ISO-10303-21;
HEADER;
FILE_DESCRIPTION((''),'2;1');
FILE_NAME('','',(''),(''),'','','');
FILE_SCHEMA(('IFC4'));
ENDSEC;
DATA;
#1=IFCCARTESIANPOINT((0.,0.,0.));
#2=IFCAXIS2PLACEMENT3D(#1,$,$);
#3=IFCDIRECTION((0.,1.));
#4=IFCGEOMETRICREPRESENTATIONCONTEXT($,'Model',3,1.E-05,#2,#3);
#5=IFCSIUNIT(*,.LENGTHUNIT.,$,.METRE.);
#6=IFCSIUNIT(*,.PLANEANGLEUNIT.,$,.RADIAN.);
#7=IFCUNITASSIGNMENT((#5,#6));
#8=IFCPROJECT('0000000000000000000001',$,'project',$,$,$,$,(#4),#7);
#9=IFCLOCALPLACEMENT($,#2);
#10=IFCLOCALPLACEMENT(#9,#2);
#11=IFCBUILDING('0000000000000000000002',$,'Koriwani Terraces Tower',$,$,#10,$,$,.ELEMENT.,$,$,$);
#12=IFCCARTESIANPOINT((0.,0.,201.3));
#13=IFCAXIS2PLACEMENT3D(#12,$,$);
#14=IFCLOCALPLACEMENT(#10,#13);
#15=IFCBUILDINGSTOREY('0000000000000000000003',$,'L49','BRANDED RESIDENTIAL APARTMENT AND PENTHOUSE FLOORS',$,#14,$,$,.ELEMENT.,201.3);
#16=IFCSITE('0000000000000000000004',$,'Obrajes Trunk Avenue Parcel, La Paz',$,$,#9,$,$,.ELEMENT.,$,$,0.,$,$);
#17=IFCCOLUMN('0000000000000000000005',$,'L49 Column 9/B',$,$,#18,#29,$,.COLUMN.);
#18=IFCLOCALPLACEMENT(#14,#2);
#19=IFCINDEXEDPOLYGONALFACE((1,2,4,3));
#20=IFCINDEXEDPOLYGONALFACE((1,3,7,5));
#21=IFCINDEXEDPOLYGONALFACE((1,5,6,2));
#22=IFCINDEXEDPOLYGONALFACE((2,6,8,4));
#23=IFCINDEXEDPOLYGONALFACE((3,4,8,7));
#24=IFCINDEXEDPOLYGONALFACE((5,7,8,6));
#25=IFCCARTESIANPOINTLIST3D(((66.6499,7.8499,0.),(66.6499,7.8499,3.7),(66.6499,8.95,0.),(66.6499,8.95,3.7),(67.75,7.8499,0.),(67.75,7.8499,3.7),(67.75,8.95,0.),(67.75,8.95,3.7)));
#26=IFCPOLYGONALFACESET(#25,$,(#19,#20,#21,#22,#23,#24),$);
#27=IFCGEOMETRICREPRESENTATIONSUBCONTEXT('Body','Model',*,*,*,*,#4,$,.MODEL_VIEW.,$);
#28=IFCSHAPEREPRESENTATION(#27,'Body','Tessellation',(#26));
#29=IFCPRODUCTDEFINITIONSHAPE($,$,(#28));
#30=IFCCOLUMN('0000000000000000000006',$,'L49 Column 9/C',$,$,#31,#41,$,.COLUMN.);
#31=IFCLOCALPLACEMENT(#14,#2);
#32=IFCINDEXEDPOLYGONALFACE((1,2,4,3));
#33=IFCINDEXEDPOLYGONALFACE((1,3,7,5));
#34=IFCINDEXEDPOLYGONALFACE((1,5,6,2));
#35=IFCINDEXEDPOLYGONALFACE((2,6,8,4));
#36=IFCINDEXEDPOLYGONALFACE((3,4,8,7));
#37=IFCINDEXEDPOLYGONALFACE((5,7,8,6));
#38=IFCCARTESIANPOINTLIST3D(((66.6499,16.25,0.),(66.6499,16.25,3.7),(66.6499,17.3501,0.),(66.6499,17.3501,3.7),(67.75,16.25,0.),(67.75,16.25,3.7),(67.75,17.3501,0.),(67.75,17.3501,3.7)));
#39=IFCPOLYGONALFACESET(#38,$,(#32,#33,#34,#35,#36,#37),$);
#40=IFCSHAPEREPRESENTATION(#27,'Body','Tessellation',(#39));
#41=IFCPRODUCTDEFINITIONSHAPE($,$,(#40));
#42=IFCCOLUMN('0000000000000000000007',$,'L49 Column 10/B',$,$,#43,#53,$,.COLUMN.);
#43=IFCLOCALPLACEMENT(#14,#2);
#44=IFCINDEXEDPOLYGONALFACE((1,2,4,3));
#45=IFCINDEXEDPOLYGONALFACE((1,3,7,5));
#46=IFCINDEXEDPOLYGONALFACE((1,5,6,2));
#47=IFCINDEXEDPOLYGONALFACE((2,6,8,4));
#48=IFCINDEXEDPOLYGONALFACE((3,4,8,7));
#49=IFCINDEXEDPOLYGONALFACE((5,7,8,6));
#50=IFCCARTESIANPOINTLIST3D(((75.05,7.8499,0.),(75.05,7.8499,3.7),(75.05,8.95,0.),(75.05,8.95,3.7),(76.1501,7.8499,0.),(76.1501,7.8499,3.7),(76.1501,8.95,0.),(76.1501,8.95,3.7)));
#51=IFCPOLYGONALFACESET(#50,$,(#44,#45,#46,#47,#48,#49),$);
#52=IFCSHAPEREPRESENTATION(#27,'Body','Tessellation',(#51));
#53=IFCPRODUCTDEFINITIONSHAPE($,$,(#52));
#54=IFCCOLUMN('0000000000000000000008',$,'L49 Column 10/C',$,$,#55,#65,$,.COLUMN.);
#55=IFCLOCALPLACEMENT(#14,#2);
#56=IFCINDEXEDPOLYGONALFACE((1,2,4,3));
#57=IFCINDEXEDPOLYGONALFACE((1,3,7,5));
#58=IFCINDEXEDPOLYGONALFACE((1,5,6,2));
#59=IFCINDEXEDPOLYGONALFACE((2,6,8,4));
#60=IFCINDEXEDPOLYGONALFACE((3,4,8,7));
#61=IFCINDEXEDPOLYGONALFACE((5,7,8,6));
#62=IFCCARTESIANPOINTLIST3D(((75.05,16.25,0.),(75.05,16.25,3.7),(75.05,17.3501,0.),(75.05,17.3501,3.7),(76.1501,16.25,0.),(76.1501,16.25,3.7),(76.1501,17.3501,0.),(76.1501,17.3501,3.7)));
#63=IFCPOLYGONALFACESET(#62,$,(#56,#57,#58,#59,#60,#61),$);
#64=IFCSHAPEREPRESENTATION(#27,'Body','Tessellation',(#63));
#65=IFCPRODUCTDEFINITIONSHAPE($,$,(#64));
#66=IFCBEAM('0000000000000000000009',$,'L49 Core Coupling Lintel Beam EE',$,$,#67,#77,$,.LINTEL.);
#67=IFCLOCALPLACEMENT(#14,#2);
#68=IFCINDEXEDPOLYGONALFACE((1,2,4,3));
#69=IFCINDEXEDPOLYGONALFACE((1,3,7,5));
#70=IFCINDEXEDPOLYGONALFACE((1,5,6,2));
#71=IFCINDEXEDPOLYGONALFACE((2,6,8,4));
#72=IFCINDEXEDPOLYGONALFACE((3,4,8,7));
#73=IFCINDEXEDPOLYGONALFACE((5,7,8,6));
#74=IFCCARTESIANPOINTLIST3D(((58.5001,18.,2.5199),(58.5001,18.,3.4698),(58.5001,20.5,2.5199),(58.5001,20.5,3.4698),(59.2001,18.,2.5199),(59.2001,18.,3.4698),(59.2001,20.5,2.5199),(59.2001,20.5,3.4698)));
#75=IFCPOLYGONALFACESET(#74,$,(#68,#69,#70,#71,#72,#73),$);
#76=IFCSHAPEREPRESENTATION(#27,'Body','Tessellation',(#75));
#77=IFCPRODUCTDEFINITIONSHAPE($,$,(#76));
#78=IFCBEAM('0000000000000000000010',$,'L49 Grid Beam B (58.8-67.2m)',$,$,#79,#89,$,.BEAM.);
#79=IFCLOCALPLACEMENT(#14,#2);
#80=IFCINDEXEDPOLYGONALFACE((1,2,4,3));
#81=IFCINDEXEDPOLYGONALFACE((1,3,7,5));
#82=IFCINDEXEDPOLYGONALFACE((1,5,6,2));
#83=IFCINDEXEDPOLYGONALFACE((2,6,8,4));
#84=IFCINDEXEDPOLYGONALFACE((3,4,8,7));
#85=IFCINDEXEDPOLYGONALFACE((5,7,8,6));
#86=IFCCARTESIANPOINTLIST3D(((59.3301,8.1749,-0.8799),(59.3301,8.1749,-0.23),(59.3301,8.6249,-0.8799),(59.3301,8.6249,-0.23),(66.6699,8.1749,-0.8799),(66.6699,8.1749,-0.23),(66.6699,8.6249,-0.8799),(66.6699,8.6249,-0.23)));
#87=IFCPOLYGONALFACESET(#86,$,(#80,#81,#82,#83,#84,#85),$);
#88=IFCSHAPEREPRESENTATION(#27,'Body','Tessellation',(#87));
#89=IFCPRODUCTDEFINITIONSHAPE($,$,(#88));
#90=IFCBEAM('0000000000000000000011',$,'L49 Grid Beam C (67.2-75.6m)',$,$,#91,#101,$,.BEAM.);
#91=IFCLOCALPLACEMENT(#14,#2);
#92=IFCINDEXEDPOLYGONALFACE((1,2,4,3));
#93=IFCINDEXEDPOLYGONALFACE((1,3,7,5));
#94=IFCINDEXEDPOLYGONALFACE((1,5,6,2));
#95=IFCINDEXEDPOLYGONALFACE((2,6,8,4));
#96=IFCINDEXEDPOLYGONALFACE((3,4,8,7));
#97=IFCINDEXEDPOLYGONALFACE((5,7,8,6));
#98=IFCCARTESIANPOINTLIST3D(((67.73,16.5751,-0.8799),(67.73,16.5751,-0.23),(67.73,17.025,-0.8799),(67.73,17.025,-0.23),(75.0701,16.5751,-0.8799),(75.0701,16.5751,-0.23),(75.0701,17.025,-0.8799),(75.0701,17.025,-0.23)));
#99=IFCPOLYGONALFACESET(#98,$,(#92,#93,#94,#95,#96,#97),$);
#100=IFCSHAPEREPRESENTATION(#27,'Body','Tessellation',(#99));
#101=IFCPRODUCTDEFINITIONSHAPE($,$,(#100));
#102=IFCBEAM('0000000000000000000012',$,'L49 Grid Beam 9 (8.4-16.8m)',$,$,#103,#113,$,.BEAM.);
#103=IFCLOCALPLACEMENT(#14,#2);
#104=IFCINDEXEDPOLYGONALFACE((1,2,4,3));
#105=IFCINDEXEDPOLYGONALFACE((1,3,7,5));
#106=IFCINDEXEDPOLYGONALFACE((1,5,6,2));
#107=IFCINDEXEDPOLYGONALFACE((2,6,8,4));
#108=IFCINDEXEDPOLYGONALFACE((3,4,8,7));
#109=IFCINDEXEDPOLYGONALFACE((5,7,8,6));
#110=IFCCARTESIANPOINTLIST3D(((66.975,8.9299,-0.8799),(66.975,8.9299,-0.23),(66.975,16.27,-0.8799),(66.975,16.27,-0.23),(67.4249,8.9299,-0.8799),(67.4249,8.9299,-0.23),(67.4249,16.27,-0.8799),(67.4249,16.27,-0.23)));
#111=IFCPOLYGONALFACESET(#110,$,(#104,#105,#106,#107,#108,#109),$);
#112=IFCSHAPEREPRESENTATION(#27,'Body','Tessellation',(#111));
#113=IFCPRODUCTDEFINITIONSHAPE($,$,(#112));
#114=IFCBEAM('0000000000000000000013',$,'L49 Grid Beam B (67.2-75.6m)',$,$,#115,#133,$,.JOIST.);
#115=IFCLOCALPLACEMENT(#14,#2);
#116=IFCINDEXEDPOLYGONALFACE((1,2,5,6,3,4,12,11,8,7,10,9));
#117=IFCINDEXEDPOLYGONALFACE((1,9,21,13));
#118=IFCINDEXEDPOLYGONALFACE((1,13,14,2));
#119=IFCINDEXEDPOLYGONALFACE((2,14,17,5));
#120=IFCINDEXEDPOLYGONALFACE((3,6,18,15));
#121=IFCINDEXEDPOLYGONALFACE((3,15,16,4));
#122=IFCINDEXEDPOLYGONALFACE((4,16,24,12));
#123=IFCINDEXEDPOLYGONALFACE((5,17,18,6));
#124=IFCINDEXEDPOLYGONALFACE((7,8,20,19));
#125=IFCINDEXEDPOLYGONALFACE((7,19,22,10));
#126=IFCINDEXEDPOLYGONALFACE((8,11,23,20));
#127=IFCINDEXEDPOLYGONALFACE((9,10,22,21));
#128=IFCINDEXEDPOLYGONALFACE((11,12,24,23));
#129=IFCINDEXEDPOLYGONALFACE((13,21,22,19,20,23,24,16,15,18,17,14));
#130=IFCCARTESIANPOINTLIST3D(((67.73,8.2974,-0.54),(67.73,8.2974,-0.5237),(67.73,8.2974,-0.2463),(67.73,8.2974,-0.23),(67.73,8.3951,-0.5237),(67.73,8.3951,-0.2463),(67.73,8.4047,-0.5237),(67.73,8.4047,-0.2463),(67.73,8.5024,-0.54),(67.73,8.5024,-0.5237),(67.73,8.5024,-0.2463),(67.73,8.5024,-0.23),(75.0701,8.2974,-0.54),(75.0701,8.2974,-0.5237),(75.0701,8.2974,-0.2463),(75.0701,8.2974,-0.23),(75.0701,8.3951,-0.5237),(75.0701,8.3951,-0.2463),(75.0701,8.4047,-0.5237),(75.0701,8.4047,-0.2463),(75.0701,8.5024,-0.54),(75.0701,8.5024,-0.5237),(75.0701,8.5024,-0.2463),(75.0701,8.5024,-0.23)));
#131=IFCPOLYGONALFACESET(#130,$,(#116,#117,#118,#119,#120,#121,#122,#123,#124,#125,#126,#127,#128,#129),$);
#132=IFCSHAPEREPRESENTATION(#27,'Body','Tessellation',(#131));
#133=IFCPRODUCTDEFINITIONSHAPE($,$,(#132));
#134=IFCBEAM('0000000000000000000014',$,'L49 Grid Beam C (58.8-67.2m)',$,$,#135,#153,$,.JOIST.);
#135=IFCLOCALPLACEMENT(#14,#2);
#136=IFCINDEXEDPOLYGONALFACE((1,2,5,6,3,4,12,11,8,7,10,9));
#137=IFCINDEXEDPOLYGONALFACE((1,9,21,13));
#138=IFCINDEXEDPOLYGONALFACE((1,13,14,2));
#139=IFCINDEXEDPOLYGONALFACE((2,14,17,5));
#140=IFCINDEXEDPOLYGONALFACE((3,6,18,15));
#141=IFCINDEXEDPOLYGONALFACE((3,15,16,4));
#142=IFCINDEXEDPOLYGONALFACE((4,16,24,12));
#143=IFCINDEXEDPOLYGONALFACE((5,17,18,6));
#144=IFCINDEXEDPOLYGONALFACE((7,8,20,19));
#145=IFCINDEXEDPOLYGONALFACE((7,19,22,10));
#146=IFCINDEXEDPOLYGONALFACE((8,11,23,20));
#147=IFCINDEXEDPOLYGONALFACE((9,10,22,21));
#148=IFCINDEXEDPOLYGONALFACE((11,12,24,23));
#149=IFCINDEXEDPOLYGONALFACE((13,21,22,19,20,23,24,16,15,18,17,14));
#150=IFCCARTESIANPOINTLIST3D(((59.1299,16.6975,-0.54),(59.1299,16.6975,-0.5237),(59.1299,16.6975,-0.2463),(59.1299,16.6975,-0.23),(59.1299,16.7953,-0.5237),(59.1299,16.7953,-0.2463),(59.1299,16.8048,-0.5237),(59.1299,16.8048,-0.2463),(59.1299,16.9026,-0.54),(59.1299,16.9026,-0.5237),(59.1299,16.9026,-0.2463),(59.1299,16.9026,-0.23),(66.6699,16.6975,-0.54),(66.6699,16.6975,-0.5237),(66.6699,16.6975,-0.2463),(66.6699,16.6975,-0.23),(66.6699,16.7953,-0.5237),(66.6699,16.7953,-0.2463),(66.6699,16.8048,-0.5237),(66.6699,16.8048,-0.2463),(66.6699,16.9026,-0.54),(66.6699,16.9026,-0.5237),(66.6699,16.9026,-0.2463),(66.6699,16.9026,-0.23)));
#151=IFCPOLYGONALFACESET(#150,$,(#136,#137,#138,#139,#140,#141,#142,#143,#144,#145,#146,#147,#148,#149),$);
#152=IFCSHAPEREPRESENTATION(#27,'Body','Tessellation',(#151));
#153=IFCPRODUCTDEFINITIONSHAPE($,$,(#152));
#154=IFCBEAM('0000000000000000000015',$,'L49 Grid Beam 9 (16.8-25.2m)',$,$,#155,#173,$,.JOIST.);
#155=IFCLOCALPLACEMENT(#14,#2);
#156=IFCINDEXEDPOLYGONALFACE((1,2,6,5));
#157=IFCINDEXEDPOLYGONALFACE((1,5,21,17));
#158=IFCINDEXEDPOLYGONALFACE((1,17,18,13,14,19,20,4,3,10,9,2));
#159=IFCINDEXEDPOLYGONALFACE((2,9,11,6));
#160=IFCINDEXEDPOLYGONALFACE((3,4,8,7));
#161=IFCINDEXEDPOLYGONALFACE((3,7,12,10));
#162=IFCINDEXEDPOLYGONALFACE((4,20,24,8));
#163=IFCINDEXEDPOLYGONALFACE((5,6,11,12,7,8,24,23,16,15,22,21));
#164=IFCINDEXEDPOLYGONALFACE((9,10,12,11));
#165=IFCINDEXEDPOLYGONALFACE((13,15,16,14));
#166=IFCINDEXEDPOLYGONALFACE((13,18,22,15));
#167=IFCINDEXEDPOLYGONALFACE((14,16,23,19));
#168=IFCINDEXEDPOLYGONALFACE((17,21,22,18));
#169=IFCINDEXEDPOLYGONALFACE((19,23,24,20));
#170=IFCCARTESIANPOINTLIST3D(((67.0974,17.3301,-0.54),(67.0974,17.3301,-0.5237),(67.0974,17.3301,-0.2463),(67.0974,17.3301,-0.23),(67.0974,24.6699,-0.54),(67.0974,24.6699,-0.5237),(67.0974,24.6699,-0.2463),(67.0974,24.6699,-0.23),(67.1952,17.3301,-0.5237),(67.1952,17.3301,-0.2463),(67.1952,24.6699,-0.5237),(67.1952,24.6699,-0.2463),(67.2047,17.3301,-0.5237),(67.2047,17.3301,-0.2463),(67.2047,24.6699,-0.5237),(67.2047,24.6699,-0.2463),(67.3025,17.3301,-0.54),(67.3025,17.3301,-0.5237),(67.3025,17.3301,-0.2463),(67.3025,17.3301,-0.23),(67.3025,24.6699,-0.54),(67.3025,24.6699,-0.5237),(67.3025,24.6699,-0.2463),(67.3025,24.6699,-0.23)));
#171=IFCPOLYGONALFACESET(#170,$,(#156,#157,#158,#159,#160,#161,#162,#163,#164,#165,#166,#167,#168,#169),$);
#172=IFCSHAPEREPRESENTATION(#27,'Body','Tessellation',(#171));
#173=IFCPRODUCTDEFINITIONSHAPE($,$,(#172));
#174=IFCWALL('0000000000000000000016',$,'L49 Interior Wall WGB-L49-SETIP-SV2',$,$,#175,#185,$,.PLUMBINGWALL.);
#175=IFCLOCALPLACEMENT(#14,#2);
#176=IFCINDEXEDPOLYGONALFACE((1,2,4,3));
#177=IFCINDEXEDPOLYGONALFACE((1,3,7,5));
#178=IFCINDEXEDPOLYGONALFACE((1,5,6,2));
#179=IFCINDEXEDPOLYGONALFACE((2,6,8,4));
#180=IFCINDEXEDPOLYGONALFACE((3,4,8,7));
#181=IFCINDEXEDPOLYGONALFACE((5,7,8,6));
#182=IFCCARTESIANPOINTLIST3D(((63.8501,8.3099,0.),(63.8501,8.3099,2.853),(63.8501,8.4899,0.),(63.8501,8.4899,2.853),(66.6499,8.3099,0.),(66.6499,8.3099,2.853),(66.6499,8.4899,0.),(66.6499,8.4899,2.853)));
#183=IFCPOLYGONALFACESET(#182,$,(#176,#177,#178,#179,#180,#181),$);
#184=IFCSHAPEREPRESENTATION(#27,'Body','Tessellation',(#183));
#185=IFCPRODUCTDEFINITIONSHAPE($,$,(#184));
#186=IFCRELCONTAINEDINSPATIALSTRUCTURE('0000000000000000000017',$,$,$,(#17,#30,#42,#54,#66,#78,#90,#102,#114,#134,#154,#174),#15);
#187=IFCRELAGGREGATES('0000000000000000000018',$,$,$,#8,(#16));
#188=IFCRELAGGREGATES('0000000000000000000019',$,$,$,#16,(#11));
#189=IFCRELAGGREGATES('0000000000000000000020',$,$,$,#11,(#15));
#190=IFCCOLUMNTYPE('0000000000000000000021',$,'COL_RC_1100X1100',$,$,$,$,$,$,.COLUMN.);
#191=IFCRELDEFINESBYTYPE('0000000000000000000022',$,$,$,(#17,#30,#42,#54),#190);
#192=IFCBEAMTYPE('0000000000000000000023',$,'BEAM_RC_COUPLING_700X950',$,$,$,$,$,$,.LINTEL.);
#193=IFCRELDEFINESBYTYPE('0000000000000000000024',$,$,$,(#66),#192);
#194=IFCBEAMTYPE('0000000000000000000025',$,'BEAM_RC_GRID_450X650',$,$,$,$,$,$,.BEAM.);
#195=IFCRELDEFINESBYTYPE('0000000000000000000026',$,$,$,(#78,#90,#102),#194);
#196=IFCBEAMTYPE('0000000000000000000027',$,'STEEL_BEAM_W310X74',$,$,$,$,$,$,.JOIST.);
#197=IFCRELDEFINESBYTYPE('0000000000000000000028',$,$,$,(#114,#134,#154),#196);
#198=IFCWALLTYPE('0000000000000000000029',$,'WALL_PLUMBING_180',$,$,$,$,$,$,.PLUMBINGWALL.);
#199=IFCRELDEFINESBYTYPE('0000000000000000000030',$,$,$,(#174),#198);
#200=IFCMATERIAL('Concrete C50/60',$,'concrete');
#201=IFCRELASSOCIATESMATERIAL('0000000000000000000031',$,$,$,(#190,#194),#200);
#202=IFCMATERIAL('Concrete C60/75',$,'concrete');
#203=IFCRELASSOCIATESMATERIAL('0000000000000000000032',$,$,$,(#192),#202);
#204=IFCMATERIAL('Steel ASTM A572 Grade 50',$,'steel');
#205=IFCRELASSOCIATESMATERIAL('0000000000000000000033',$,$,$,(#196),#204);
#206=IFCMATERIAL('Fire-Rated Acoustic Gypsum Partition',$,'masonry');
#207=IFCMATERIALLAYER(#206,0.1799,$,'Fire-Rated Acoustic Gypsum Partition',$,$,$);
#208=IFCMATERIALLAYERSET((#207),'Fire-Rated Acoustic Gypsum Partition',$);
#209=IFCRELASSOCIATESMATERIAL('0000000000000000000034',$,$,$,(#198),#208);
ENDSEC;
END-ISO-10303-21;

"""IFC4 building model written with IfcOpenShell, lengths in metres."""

from ifc_helpers import new_model, si_unit, direction, frame, frame_2d, origin, origin_2d, place, context, subcontext, project, spatial, rectangle, i_section, extrude, material, layer, layer_set, material_profile, profile_set, type_object, element, save


model = new_model("IFC4")

# Units and contexts
model_context = context("Model", 3, precision=1e-05, world=origin(), true_north=direction((0.0, 1.0)))
body_context = subcontext(model_context, "Body", "Model", "MODEL_VIEW")
ifc_project = project(units=[si_unit("LENGTHUNIT", "METRE"), si_unit("PLANEANGLEUNIT", "RADIAN")], contexts=[model_context])

# Site, building, storey
site_placement = place(None, origin())
site = spatial("IfcSite", under=ifc_project, at=site_placement, Name="Obrajes Trunk Avenue Parcel, La Paz", CompositionType="ELEMENT", RefElevation=0.0)
building_placement = place(site_placement, origin())
building = spatial("IfcBuilding", under=site, at=building_placement, Name="Koriwani Terraces Tower", CompositionType="ELEMENT")
storey_placement = place(building_placement, frame((0.0, 0.0, 201.3)))
storey = spatial("IfcBuildingStorey", under=building, at=storey_placement, Name="L49", Description="BRANDED RESIDENTIAL APARTMENT AND PENTHOUSE FLOORS", CompositionType="ELEMENT", Elevation=201.3)

# Columns
ifc_material_1 = material(Name="Concrete C50/60", Category="concrete")
ifc_material_profile_1 = material_profile(ifc_material_1, rectangle(XDim=1.1001, YDim=1.1001, at=origin_2d()), Name="Concrete C50/60", Category="LoadBearing")
ifc_profile_set_1 = profile_set([ifc_material_profile_1], Name="Concrete C50/60")
column_type = type_object("IfcColumnType", Name="COL_RC_1100X1100", PredefinedType="COLUMN", material=ifc_profile_set_1)
for number, where, z_axis, x_axis, name in (
    (1, (67.2, 8.3999, 0.0), (0.0, 0.0, 1.0), (1.0, 0.0, 0.0), "L49 Column 9/B"),
    (2, (67.2, 16.8, 0.0), (0.0, 0.0, 1.0), (1.0, 0.0, 0.0), "L49 Column 9/C"),
    (3, (75.6001, 8.3999, 0.0), (0.0, 0.0, 1.0), (1.0, 0.0, 0.0), "L49 Column 10/B"),
    (4, (75.6001, 16.8, 0.0), (0.0, 0.0, 1.0), (1.0, 0.0, 0.0), "L49 Column 10/C"),
):
    element("IfcColumn", number, at=place(storey_placement, frame(where, z_axis=z_axis, x_axis=x_axis)), inside=storey, type_object=column_type, Name=name, PredefinedType="COLUMN", context=body_context, shape_type="SweptSolid", body=[
        extrude(rectangle(XDim=1.1001, YDim=1.1001, at=origin_2d()), origin(), (0.0, 0.0, 1.0), 3.7),
    ])

# Beams
ifc_material_2 = material(Name="Concrete C60/75", Category="concrete")
ifc_material_profile_2 = material_profile(ifc_material_2, rectangle(XDim=0.7, YDim=0.95, at=origin_2d()), Name="Concrete C60/75", Category="LoadBearing")
ifc_profile_set_2 = profile_set([ifc_material_profile_2], Name="Concrete C60/75")
beam_type_1 = type_object("IfcBeamType", Name="BEAM_RC_COUPLING_700X950", PredefinedType="LINTEL", material=ifc_profile_set_2)
beam_1_placement = place(storey_placement, frame((58.8501, 18.0, 2.9949), z_axis=(0.0, 1.0, 0.0), x_axis=(-1.0, 0.0, 0.0)))
element("IfcBeam", 5, at=beam_1_placement, inside=storey, type_object=beam_type_1, Name="L49 Core Coupling Lintel Beam EE", PredefinedType="LINTEL", context=body_context, shape_type="SweptSolid", body=[
    extrude(rectangle(XDim=0.7, YDim=0.95, at=origin_2d()), origin(), (0.0, 0.0, 1.0), 2.5),
])
ifc_material_profile_3 = material_profile(ifc_material_1, rectangle(XDim=0.45, YDim=0.6499, at=origin_2d()), Name="Concrete C50/60", Category="LoadBearing")
ifc_profile_set_3 = profile_set([ifc_material_profile_3], Name="Concrete C50/60")
beam_type_2 = type_object("IfcBeamType", Name="BEAM_RC_GRID_450X650", PredefinedType="BEAM", material=ifc_profile_set_3)
beam_2_placement = place(storey_placement, frame((59.3301, 8.3999, -0.5549), z_axis=(1.0, 0.0, 0.0), x_axis=(0.0, 1.0, 0.0)))
element("IfcBeam", 6, at=beam_2_placement, inside=storey, type_object=beam_type_2, Name="L49 Grid Beam B (58.8-67.2m)", PredefinedType="BEAM", context=body_context, shape_type="SweptSolid", body=[
    extrude(rectangle(XDim=0.45, YDim=0.6499, at=origin_2d()), origin(), (0.0, 0.0, 1.0), 7.3398),
])
for number, where, z_axis, x_axis, name in (
    (7, (67.73, 16.8, -0.5549), (1.0, 0.0, 0.0), (0.0, 1.0, 0.0), "L49 Grid Beam C (67.2-75.6m)"),
    (8, (67.2, 8.9299, -0.5549), (0.0, 1.0, 0.0), (-1.0, 0.0, 0.0), "L49 Grid Beam 9 (8.4-16.8m)"),
):
    element("IfcBeam", number, at=place(storey_placement, frame(where, z_axis=z_axis, x_axis=x_axis)), inside=storey, type_object=beam_type_2, Name=name, PredefinedType="BEAM", context=body_context, shape_type="SweptSolid", body=[
        extrude(rectangle(XDim=0.45, YDim=0.6499, at=origin_2d()), origin(), (0.0, 0.0, 1.0), 7.3401),
    ])
ifc_material_3 = material(Name="Steel ASTM A572 Grade 50", Category="steel")
ifc_material_profile_4 = material_profile(ifc_material_3, i_section(OverallWidth=0.2051, OverallDepth=0.3101, WebThickness=0.0095, FlangeThickness=0.0164, at=origin_2d()), Name="Steel ASTM A572 Grade 50", Category="LoadBearing")
ifc_profile_set_4 = profile_set([ifc_material_profile_4], Name="Steel ASTM A572 Grade 50")
beam_type_3 = type_object("IfcBeamType", Name="STEEL_BEAM_W310X74", PredefinedType="JOIST", material=ifc_profile_set_4)
beam_3_placement = place(storey_placement, frame((67.73, 8.3999, -0.385), z_axis=(1.0, 0.0, 0.0), x_axis=(0.0, 1.0, 0.0)))
element("IfcBeam", 9, at=beam_3_placement, inside=storey, type_object=beam_type_3, Name="L49 Grid Beam B (67.2-75.6m)", PredefinedType="JOIST", context=body_context, shape_type="SweptSolid", body=[
    extrude(i_section(OverallWidth=0.2051, OverallDepth=0.3101, WebThickness=0.0095, FlangeThickness=0.0164, at=origin_2d()), origin(), (0.0, 0.0, 1.0), 7.3401),
])
beam_4_placement = place(storey_placement, frame((59.1299, 16.8, -0.385), z_axis=(1.0, 0.0, 0.0), x_axis=(0.0, 1.0, 0.0)))
element("IfcBeam", 10, at=beam_4_placement, inside=storey, type_object=beam_type_3, Name="L49 Grid Beam C (58.8-67.2m)", PredefinedType="JOIST", context=body_context, shape_type="SweptSolid", body=[
    extrude(i_section(OverallWidth=0.2051, OverallDepth=0.3101, WebThickness=0.0095, FlangeThickness=0.0164, at=origin_2d()), origin(), (0.0, 0.0, 1.0), 7.54),
])
beam_5_placement = place(storey_placement, frame((67.2, 17.3301, -0.385), z_axis=(0.0, 1.0, 0.0), x_axis=(-1.0, 0.0, 0.0)))
element("IfcBeam", 11, at=beam_5_placement, inside=storey, type_object=beam_type_3, Name="L49 Grid Beam 9 (16.8-25.2m)", PredefinedType="JOIST", context=body_context, shape_type="SweptSolid", body=[
    extrude(i_section(OverallWidth=0.2051, OverallDepth=0.3101, WebThickness=0.0095, FlangeThickness=0.0164, at=origin_2d()), origin(), (0.0, 0.0, 1.0), 7.3398),
])

# Wall
ifc_material_4 = material(Name="Fire-Rated Acoustic Gypsum Partition", Category="masonry")
ifc_layer = layer(ifc_material_4, 0.1799, Name="Fire-Rated Acoustic Gypsum Partition")
ifc_layer_set = layer_set([ifc_layer], Name="Fire-Rated Acoustic Gypsum Partition")
wall_type = type_object("IfcWallType", Name="WALL_PLUMBING_180", PredefinedType="PLUMBINGWALL", material=ifc_layer_set)
wall_placement = place(storey_placement, frame((63.8501, 8.3999, 0.0), z_axis=(0.0, 0.0, 1.0), x_axis=(1.0, 0.0, 0.0)))
element("IfcWall", 12, at=wall_placement, inside=storey, type_object=wall_type, Name="L49 Interior Wall WGB-L49-SETIP-SV2", PredefinedType="PLUMBINGWALL", context=body_context, shape_type="SweptSolid", body=[
    extrude(rectangle(XDim=2.7998, YDim=0.1799, at=frame_2d((1.3999, 0.0))), origin(), (0.0, 0.0, 1.0), 2.853),
])

save(model, "model.ifc")
